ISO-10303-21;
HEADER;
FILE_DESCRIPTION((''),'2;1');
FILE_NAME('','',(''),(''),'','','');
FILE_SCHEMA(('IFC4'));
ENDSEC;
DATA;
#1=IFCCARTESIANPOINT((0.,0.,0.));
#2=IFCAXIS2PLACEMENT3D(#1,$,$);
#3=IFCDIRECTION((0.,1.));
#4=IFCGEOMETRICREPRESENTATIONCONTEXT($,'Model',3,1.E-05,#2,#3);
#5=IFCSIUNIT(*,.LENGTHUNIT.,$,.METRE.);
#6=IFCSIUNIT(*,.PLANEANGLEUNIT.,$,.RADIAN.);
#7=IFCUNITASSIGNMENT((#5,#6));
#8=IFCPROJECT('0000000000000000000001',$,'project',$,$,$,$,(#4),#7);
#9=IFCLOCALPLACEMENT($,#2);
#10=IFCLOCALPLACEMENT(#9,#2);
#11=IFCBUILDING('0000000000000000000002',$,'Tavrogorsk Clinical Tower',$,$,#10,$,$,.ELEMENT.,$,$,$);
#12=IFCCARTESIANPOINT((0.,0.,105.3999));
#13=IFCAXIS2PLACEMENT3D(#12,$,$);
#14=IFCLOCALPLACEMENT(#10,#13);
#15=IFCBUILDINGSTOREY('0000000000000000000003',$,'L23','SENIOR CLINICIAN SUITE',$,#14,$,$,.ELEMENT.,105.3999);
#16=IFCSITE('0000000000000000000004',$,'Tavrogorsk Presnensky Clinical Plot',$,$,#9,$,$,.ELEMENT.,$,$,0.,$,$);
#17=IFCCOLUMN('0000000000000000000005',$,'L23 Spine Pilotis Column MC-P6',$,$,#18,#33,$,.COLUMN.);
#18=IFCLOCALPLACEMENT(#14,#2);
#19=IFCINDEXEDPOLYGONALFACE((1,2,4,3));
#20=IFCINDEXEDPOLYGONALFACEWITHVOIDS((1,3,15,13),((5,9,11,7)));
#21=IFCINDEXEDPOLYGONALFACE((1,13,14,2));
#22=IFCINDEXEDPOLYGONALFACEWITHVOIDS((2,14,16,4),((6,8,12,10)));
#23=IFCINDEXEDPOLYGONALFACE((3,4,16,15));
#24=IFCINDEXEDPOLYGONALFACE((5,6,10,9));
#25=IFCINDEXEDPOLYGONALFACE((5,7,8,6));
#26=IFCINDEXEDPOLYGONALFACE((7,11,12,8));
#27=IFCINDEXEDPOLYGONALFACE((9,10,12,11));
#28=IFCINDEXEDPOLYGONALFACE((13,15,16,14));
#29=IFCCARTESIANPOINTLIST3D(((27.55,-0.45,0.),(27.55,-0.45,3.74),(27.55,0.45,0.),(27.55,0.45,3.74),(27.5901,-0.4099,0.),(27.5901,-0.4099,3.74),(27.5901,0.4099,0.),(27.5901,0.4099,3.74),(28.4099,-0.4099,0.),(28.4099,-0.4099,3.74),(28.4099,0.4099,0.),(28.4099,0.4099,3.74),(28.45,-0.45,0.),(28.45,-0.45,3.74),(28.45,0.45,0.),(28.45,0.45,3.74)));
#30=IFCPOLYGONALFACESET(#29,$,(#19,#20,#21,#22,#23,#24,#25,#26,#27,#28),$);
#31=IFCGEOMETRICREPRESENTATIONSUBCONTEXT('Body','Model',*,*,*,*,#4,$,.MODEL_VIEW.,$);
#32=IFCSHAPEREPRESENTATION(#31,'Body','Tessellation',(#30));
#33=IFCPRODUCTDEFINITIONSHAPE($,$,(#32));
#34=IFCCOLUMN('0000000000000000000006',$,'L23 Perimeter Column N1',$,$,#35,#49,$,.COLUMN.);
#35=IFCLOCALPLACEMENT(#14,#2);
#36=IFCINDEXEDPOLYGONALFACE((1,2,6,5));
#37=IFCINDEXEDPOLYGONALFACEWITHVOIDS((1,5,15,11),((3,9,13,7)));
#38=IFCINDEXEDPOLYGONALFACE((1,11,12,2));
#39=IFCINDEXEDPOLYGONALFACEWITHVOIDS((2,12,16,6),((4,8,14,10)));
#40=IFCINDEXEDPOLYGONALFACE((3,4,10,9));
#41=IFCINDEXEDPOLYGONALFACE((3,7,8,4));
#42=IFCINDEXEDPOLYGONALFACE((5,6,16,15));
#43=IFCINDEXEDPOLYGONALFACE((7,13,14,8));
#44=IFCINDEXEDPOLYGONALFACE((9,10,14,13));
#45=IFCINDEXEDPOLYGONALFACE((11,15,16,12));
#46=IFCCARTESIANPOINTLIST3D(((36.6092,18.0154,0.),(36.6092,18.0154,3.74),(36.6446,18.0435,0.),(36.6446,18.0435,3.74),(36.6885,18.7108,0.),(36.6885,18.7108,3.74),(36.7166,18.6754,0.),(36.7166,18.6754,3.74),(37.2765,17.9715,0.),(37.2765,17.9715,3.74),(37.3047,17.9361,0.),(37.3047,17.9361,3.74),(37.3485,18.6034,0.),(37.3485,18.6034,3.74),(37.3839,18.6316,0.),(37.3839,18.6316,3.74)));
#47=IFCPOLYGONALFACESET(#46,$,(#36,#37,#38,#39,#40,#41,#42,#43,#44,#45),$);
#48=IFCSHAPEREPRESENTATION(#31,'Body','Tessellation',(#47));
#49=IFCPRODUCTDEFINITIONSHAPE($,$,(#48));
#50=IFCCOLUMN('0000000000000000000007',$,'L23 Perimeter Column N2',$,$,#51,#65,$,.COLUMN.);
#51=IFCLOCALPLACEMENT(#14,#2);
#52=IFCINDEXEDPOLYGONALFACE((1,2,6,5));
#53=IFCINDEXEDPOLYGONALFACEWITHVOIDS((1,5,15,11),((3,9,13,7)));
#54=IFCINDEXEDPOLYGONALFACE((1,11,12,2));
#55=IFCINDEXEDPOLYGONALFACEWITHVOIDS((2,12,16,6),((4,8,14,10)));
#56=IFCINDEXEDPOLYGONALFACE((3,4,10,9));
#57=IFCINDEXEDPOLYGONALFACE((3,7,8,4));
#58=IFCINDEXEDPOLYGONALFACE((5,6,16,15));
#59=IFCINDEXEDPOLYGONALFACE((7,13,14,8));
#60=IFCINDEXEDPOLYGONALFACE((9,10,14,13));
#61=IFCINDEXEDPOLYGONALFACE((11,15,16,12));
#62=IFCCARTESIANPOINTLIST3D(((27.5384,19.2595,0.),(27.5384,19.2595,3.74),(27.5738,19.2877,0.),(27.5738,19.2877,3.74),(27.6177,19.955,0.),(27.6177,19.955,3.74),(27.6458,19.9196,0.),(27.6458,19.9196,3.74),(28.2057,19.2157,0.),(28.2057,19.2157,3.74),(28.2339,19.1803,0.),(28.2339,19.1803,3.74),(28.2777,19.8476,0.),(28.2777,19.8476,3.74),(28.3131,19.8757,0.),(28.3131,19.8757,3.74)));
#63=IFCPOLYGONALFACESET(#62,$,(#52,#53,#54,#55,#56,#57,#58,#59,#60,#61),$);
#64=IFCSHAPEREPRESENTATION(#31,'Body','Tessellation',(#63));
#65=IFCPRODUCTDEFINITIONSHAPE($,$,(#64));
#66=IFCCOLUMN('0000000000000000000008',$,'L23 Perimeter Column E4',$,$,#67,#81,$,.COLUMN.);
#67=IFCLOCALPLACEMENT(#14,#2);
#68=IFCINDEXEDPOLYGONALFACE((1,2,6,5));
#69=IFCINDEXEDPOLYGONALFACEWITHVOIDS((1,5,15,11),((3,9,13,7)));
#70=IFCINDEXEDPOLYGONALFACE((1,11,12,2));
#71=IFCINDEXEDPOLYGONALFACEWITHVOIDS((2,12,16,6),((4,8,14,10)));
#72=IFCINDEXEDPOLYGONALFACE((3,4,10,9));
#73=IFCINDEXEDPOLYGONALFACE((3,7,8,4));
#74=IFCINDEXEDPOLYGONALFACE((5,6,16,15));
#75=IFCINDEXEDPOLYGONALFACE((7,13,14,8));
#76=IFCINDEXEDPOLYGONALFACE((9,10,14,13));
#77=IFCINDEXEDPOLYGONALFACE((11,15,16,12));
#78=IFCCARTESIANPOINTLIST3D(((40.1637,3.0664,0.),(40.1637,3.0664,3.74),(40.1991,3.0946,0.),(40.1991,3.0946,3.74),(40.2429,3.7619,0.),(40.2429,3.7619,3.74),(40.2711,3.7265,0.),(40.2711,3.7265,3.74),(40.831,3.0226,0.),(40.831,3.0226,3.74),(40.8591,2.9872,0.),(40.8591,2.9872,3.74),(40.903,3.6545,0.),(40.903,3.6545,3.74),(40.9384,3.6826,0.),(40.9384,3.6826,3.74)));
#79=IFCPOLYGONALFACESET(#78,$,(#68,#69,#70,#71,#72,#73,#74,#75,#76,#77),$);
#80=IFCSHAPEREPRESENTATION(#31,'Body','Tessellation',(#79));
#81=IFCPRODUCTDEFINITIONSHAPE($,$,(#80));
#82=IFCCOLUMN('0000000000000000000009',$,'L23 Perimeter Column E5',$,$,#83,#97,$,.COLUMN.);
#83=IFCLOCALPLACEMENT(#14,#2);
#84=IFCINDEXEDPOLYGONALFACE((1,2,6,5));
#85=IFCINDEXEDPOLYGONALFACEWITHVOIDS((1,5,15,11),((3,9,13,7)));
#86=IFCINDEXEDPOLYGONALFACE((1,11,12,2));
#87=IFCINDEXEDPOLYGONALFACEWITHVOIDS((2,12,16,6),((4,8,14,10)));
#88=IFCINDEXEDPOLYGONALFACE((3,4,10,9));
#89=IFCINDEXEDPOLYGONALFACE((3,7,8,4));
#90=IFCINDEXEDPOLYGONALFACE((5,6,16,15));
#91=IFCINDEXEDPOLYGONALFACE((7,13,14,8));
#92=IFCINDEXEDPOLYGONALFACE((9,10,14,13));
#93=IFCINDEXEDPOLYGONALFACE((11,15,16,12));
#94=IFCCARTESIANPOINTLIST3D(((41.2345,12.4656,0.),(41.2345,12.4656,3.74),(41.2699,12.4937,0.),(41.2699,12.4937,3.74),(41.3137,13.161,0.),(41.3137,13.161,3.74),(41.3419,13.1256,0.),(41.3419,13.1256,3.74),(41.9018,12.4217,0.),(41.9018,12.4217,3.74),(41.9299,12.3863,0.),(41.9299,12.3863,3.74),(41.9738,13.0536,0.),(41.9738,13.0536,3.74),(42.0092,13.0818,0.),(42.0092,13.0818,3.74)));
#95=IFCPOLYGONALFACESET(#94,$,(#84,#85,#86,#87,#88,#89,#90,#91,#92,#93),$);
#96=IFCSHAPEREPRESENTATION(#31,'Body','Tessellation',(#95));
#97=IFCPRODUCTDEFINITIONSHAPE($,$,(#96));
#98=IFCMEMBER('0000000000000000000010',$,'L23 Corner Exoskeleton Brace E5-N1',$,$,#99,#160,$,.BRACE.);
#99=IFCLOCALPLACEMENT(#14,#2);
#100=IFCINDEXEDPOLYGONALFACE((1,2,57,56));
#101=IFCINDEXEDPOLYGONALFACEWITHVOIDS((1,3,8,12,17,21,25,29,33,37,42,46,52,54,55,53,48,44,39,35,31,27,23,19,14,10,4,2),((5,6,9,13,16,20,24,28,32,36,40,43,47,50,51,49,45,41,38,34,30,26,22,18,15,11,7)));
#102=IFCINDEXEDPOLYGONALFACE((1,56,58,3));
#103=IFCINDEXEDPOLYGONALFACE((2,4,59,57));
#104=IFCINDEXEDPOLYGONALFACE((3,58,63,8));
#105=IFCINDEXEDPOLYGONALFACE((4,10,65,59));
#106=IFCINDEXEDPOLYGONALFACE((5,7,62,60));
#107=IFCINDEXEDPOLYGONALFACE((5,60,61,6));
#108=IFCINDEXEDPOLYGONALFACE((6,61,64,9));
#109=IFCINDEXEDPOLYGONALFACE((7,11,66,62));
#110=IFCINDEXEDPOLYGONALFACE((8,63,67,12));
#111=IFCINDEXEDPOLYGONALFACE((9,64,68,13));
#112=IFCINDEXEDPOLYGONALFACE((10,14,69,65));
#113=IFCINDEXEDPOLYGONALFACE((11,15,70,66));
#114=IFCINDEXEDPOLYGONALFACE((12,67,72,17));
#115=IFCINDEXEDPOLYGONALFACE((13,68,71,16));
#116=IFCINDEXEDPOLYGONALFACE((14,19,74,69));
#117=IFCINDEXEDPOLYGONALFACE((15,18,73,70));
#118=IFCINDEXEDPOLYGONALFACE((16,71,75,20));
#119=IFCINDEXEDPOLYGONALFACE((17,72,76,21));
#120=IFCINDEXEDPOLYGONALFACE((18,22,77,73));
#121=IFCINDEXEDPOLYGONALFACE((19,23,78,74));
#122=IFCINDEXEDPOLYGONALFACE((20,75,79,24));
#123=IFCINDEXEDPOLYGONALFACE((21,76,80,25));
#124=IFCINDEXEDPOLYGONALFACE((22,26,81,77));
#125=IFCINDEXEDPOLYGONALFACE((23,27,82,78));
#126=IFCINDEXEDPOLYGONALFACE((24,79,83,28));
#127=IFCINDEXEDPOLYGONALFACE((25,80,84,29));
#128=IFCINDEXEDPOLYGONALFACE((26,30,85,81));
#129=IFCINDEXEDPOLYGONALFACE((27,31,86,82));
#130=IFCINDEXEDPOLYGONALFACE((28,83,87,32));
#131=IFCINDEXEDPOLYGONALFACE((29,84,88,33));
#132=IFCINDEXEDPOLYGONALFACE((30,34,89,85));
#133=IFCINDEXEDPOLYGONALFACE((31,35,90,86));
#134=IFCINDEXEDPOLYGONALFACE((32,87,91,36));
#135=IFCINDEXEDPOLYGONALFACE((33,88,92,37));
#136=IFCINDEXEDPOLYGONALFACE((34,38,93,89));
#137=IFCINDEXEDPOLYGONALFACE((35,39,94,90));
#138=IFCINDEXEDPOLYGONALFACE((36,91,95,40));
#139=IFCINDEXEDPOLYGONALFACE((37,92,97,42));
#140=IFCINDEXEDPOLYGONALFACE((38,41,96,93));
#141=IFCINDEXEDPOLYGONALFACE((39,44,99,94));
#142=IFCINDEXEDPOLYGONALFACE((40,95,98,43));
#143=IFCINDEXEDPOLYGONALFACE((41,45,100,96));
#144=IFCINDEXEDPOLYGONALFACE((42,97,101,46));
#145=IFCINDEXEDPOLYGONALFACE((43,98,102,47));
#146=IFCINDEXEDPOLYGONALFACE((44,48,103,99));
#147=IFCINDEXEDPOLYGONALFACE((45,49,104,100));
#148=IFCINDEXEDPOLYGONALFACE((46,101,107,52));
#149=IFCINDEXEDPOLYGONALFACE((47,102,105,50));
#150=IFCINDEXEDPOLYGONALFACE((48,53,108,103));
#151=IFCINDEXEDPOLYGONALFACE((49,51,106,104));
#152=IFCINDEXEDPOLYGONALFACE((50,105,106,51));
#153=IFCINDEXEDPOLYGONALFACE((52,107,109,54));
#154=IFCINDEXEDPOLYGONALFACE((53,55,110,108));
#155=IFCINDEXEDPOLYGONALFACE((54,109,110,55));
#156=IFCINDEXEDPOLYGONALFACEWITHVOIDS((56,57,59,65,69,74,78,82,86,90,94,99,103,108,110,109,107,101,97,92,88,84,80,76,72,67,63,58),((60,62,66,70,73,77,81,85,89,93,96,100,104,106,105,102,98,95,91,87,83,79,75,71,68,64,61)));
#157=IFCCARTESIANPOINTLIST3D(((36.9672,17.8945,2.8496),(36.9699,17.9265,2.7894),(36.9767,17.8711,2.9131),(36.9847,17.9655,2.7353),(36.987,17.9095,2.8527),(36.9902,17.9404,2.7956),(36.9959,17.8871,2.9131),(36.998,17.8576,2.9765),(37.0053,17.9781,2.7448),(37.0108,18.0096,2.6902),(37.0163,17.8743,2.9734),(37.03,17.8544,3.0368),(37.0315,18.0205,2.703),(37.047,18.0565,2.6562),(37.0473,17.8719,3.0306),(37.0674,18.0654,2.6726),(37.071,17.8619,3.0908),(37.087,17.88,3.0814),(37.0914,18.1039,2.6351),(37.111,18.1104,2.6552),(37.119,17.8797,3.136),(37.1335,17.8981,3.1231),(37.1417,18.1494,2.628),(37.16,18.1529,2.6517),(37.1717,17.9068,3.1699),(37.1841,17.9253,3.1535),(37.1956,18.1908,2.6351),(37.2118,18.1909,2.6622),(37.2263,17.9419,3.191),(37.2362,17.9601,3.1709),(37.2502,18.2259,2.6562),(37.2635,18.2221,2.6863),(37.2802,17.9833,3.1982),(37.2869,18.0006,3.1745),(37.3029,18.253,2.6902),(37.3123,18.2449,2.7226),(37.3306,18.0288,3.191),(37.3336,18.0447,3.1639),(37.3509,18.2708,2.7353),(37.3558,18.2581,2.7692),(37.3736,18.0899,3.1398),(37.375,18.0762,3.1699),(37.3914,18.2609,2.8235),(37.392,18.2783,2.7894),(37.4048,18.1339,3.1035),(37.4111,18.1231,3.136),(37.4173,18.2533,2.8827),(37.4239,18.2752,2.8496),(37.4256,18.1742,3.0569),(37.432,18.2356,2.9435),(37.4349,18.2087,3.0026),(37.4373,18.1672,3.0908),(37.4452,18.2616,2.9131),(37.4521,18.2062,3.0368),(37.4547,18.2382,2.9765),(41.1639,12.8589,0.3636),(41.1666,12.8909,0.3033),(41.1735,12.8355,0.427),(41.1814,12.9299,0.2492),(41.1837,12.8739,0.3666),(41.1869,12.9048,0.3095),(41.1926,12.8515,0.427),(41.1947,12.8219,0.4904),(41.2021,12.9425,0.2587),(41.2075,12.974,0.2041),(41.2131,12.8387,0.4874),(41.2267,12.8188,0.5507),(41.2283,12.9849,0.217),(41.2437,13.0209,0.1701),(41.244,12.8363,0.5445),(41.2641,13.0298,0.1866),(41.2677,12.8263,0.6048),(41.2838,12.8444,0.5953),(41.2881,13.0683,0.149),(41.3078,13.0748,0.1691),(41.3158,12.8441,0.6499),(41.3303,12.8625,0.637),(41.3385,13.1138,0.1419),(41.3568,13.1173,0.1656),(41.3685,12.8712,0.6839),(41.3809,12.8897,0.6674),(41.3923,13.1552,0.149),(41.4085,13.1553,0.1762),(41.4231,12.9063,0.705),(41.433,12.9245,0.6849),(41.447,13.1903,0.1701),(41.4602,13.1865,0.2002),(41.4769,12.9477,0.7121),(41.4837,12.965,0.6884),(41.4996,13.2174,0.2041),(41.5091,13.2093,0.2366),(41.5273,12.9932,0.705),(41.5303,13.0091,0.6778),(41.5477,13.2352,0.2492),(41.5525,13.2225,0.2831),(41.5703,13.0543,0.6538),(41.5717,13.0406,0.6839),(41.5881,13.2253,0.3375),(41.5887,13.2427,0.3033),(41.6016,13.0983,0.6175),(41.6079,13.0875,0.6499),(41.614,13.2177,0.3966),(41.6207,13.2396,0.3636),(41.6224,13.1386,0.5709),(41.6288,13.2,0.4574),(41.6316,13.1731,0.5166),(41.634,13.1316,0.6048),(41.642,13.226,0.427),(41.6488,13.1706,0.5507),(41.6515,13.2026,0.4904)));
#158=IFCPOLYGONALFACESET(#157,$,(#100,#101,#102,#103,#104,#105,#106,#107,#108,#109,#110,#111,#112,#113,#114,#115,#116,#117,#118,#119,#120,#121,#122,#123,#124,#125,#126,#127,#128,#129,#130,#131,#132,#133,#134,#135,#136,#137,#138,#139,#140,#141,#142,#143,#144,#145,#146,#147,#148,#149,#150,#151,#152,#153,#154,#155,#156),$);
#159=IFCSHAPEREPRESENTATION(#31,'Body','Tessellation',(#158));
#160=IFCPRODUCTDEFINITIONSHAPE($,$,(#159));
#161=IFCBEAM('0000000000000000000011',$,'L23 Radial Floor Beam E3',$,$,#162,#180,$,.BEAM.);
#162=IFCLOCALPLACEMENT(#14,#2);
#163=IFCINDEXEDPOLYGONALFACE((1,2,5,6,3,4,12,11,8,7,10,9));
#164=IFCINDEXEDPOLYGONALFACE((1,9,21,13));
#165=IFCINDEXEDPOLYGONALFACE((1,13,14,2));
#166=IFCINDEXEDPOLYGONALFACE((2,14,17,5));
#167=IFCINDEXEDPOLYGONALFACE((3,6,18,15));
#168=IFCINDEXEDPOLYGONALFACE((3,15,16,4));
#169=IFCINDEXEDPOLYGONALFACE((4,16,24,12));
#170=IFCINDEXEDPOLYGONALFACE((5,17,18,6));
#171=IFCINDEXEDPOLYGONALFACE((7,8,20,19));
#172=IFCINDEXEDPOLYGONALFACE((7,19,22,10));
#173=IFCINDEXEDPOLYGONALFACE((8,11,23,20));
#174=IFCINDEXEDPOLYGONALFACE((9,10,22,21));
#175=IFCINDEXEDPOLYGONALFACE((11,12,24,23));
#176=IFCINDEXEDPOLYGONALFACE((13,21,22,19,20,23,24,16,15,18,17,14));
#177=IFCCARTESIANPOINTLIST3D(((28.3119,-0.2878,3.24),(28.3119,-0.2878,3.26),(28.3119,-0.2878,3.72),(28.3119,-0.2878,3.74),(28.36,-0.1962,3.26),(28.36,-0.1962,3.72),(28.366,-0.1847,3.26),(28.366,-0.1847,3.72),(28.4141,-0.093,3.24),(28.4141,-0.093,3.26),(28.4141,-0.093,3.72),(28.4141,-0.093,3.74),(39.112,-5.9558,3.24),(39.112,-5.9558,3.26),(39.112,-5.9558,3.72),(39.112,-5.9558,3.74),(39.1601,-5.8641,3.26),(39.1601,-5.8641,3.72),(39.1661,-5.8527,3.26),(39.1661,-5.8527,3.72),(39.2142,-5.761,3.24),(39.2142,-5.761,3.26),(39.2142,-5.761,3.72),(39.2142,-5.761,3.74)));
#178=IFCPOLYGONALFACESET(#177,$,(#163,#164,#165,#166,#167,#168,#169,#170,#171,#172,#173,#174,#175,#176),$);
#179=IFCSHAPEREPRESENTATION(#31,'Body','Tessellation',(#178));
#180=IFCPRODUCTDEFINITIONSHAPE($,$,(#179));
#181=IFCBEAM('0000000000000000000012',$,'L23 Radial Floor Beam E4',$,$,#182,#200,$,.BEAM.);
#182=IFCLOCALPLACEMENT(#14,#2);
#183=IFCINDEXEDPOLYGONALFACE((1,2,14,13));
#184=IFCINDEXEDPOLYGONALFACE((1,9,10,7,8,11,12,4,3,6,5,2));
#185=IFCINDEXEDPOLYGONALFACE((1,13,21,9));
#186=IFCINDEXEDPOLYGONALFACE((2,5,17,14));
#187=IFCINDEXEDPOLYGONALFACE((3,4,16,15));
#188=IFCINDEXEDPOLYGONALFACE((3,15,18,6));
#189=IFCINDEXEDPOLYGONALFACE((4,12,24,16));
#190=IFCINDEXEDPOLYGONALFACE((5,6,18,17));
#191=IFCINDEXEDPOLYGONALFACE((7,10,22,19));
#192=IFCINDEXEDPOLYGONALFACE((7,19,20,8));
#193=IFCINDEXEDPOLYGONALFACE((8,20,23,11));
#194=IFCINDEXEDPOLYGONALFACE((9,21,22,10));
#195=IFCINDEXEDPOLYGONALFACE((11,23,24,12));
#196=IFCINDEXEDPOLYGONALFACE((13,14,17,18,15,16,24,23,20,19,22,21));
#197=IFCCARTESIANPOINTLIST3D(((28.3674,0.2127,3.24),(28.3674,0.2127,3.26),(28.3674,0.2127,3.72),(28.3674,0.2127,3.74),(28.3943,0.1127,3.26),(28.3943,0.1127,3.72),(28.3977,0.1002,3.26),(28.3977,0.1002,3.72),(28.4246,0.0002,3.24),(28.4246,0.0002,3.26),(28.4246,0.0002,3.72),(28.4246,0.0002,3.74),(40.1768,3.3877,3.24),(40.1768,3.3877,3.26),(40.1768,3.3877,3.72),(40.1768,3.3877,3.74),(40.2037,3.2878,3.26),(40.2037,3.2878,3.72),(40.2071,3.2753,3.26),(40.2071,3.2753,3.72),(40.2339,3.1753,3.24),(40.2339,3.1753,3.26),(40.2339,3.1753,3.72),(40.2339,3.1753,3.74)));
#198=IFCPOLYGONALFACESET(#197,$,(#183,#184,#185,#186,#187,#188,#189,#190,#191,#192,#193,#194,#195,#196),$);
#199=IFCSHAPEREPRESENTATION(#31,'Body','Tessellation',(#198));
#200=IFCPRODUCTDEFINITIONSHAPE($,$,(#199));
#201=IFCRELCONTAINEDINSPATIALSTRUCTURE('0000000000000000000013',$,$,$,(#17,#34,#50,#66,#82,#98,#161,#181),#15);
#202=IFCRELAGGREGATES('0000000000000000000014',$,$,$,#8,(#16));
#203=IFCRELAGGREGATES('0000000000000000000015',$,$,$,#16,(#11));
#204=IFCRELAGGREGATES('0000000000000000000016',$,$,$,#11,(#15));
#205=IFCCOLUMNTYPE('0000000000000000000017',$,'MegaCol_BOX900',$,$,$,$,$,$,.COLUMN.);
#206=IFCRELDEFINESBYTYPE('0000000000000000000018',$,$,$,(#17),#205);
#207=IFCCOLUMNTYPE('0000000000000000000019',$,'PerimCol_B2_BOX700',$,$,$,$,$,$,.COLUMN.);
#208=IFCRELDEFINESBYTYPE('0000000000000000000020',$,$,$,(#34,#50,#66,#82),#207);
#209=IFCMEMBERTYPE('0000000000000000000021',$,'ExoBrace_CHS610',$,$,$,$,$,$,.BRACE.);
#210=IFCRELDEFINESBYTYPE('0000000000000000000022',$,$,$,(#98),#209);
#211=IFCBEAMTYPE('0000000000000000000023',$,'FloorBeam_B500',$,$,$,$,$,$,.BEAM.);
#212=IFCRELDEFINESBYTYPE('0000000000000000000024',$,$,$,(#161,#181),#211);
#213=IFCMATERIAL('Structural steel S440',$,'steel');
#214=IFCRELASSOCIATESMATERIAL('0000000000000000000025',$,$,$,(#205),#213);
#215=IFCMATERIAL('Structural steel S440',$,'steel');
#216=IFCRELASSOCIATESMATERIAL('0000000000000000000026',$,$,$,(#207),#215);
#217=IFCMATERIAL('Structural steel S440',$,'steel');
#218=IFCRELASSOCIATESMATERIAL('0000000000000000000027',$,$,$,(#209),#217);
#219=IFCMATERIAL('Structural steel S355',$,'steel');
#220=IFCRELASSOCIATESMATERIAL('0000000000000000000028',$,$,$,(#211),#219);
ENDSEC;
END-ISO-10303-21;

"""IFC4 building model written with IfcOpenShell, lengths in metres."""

from ifc_helpers import new_model, si_unit, direction, frame, origin, origin_2d, place, context, subcontext, project, spatial, hollow_rectangle, hollow_circle, i_section, extrude, material, material_profile, profile_set, type_object, element, save


model = new_model("IFC4")

# Units and contexts
model_context = context("Model", 3, precision=1e-05, world=origin(), true_north=direction((0.0, 1.0)))
body_context = subcontext(model_context, "Body", "Model", "MODEL_VIEW")
ifc_project = project(units=[si_unit("LENGTHUNIT", "METRE"), si_unit("PLANEANGLEUNIT", "RADIAN")], contexts=[model_context])

# Site, building, storey
site_placement = place(None, origin())
site = spatial("IfcSite", under=ifc_project, at=site_placement, Name="Tavrogorsk Presnensky Clinical Plot", CompositionType="ELEMENT", RefElevation=0.0)
building_placement = place(site_placement, origin())
building = spatial("IfcBuilding", under=site, at=building_placement, Name="Tavrogorsk Clinical Tower", CompositionType="ELEMENT")
storey_placement = place(building_placement, frame((0.0, 0.0, 105.3999)))
storey = spatial("IfcBuildingStorey", under=building, at=storey_placement, Name="L23", Description="SENIOR CLINICIAN SUITE", CompositionType="ELEMENT", Elevation=105.3999)

# Columns
ifc_material_1 = material(Name="Structural steel S440", Category="steel")
ifc_material_profile_1 = material_profile(ifc_material_1, hollow_rectangle(XDim=0.8999, YDim=0.8999, WallThickness=0.04, at=origin_2d()), Name="BOX-900x900x40")
ifc_profile_set_1 = profile_set([ifc_material_profile_1], Name="Structural steel S440")
column_type_1 = type_object("IfcColumnType", Name="MegaCol_BOX900", PredefinedType="COLUMN", material=ifc_profile_set_1)
column_placement = place(storey_placement, frame((28.0, 0.0, 0.0), z_axis=(0.0, 0.0, 1.0), x_axis=(1.0, 0.0, 0.0)))
element("IfcColumn", 1, at=column_placement, inside=storey, type_object=column_type_1, Name="L23 Spine Pilotis Column MC-P6", PredefinedType="COLUMN", context=body_context, shape_type="SweptSolid", body=[
    extrude(hollow_rectangle(XDim=0.8999, YDim=0.8999, WallThickness=0.04, at=origin_2d()), origin(), (0.0, 0.0, 1.0), 3.74),
])
ifc_material_2 = material(Name="Structural steel S440", Category="steel")
ifc_material_profile_2 = material_profile(ifc_material_2, hollow_rectangle(XDim=0.7, YDim=0.7, WallThickness=0.032, at=origin_2d()), Name="BOX-700x700x32")
ifc_profile_set_2 = profile_set([ifc_material_profile_2], Name="Structural steel S440")
column_type_2 = type_object("IfcColumnType", Name="PerimCol_B2_BOX700", PredefinedType="COLUMN", material=ifc_profile_set_2)
for number, where, z_axis, x_axis, name in (
    (2, (36.9966, 18.3235, 0.0), (0.0, 0.0, 1.0), (0.993572, -0.113203, 0.0), "L23 Perimeter Column N1"),
    (3, (27.9258, 19.5676, 0.0), (0.0, 0.0, 1.0), (0.993572, -0.113203, 0.0), "L23 Perimeter Column N2"),
    (4, (40.551, 3.3745, 0.0), (0.0, 0.0, 1.0), (0.993572, -0.113203, 0.0), "L23 Perimeter Column E4"),
    (5, (41.6218, 12.7737, 0.0), (0.0, 0.0, 1.0), (0.993572, -0.113203, 0.0), "L23 Perimeter Column E5"),
):
    element("IfcColumn", number, at=place(storey_placement, frame(where, z_axis=z_axis, x_axis=x_axis)), inside=storey, type_object=column_type_2, Name=name, PredefinedType="COLUMN", context=body_context, shape_type="SweptSolid", body=[
        extrude(hollow_rectangle(XDim=0.7, YDim=0.7, WallThickness=0.032, at=origin_2d()), origin(), (0.0, 0.0, 1.0), 3.74),
    ])

# Member
ifc_material_3 = material(Name="Structural steel S440", Category="steel")
ifc_material_profile_3 = material_profile(ifc_material_3, hollow_circle(Radius=0.3049, WallThickness=0.0249, at=origin_2d()), Name="CHS-610x25")
ifc_profile_set_3 = profile_set([ifc_material_profile_3], Name="Structural steel S440")
member_type_1 = type_object("IfcMemberType", Name="ExoBrace_CHS610", PredefinedType="BRACE", material=ifc_profile_set_3)
member_placement = place(storey_placement, frame((41.4077, 13.0308, 0.427), z_axis=(-0.598616, 0.71827, 0.354608), x_axis=(-0.768191, -0.640221, 0.0)))
element("IfcMember", 6, at=member_placement, inside=storey, type_object=member_type_1, Name="L23 Corner Exoskeleton Brace E5-N1", PredefinedType="BRACE", context=body_context, shape_type="SweptSolid", body=[
    extrude(hollow_circle(Radius=0.3049, WallThickness=0.0249, at=origin_2d()), origin(), (0.0, 0.0, 1.0), 7.0107),
])

# Beams
ifc_material_4 = material(Name="Structural steel S355", Category="steel")
ifc_material_profile_4 = material_profile(ifc_material_4, i_section(OverallWidth=0.22, OverallDepth=0.5, WebThickness=0.0129, FlangeThickness=0.02, at=origin_2d()), Name="B-500x220x13x20")
ifc_profile_set_4 = profile_set([ifc_material_profile_4], Name="Structural steel S355")
beam_type_1 = type_object("IfcBeamType", Name="FloorBeam_B500", PredefinedType="BEAM", material=ifc_profile_set_4)
beam_1_placement = place(storey_placement, frame((28.363, -0.1904, 3.49), z_axis=(0.885467, -0.464702, 0.0), x_axis=(0.464702, 0.885467, 0.0)))
element("IfcBeam", 7, at=beam_1_placement, inside=storey, type_object=beam_type_1, Name="L23 Radial Floor Beam E3", PredefinedType="BEAM", context=body_context, shape_type="SweptSolid", body=[
    extrude(i_section(OverallWidth=0.22, OverallDepth=0.5, WebThickness=0.0129, FlangeThickness=0.02, at=origin_2d()), origin(), (0.0, 0.0, 1.0), 12.197),
])
beam_2_placement = place(storey_placement, frame((28.396, 0.1064, 3.49), z_axis=(0.965706, 0.259639, 0.0), x_axis=(-0.259639, 0.965706, 0.0)))
element("IfcBeam", 8, at=beam_2_placement, inside=storey, type_object=beam_type_1, Name="L23 Radial Floor Beam E4", PredefinedType="BEAM", context=body_context, shape_type="SweptSolid", body=[
    extrude(i_section(OverallWidth=0.22, OverallDepth=0.5, WebThickness=0.0129, FlangeThickness=0.02, at=origin_2d()), origin(), (0.0, 0.0, 1.0), 12.2288),
])

save(model, "model.ifc")
